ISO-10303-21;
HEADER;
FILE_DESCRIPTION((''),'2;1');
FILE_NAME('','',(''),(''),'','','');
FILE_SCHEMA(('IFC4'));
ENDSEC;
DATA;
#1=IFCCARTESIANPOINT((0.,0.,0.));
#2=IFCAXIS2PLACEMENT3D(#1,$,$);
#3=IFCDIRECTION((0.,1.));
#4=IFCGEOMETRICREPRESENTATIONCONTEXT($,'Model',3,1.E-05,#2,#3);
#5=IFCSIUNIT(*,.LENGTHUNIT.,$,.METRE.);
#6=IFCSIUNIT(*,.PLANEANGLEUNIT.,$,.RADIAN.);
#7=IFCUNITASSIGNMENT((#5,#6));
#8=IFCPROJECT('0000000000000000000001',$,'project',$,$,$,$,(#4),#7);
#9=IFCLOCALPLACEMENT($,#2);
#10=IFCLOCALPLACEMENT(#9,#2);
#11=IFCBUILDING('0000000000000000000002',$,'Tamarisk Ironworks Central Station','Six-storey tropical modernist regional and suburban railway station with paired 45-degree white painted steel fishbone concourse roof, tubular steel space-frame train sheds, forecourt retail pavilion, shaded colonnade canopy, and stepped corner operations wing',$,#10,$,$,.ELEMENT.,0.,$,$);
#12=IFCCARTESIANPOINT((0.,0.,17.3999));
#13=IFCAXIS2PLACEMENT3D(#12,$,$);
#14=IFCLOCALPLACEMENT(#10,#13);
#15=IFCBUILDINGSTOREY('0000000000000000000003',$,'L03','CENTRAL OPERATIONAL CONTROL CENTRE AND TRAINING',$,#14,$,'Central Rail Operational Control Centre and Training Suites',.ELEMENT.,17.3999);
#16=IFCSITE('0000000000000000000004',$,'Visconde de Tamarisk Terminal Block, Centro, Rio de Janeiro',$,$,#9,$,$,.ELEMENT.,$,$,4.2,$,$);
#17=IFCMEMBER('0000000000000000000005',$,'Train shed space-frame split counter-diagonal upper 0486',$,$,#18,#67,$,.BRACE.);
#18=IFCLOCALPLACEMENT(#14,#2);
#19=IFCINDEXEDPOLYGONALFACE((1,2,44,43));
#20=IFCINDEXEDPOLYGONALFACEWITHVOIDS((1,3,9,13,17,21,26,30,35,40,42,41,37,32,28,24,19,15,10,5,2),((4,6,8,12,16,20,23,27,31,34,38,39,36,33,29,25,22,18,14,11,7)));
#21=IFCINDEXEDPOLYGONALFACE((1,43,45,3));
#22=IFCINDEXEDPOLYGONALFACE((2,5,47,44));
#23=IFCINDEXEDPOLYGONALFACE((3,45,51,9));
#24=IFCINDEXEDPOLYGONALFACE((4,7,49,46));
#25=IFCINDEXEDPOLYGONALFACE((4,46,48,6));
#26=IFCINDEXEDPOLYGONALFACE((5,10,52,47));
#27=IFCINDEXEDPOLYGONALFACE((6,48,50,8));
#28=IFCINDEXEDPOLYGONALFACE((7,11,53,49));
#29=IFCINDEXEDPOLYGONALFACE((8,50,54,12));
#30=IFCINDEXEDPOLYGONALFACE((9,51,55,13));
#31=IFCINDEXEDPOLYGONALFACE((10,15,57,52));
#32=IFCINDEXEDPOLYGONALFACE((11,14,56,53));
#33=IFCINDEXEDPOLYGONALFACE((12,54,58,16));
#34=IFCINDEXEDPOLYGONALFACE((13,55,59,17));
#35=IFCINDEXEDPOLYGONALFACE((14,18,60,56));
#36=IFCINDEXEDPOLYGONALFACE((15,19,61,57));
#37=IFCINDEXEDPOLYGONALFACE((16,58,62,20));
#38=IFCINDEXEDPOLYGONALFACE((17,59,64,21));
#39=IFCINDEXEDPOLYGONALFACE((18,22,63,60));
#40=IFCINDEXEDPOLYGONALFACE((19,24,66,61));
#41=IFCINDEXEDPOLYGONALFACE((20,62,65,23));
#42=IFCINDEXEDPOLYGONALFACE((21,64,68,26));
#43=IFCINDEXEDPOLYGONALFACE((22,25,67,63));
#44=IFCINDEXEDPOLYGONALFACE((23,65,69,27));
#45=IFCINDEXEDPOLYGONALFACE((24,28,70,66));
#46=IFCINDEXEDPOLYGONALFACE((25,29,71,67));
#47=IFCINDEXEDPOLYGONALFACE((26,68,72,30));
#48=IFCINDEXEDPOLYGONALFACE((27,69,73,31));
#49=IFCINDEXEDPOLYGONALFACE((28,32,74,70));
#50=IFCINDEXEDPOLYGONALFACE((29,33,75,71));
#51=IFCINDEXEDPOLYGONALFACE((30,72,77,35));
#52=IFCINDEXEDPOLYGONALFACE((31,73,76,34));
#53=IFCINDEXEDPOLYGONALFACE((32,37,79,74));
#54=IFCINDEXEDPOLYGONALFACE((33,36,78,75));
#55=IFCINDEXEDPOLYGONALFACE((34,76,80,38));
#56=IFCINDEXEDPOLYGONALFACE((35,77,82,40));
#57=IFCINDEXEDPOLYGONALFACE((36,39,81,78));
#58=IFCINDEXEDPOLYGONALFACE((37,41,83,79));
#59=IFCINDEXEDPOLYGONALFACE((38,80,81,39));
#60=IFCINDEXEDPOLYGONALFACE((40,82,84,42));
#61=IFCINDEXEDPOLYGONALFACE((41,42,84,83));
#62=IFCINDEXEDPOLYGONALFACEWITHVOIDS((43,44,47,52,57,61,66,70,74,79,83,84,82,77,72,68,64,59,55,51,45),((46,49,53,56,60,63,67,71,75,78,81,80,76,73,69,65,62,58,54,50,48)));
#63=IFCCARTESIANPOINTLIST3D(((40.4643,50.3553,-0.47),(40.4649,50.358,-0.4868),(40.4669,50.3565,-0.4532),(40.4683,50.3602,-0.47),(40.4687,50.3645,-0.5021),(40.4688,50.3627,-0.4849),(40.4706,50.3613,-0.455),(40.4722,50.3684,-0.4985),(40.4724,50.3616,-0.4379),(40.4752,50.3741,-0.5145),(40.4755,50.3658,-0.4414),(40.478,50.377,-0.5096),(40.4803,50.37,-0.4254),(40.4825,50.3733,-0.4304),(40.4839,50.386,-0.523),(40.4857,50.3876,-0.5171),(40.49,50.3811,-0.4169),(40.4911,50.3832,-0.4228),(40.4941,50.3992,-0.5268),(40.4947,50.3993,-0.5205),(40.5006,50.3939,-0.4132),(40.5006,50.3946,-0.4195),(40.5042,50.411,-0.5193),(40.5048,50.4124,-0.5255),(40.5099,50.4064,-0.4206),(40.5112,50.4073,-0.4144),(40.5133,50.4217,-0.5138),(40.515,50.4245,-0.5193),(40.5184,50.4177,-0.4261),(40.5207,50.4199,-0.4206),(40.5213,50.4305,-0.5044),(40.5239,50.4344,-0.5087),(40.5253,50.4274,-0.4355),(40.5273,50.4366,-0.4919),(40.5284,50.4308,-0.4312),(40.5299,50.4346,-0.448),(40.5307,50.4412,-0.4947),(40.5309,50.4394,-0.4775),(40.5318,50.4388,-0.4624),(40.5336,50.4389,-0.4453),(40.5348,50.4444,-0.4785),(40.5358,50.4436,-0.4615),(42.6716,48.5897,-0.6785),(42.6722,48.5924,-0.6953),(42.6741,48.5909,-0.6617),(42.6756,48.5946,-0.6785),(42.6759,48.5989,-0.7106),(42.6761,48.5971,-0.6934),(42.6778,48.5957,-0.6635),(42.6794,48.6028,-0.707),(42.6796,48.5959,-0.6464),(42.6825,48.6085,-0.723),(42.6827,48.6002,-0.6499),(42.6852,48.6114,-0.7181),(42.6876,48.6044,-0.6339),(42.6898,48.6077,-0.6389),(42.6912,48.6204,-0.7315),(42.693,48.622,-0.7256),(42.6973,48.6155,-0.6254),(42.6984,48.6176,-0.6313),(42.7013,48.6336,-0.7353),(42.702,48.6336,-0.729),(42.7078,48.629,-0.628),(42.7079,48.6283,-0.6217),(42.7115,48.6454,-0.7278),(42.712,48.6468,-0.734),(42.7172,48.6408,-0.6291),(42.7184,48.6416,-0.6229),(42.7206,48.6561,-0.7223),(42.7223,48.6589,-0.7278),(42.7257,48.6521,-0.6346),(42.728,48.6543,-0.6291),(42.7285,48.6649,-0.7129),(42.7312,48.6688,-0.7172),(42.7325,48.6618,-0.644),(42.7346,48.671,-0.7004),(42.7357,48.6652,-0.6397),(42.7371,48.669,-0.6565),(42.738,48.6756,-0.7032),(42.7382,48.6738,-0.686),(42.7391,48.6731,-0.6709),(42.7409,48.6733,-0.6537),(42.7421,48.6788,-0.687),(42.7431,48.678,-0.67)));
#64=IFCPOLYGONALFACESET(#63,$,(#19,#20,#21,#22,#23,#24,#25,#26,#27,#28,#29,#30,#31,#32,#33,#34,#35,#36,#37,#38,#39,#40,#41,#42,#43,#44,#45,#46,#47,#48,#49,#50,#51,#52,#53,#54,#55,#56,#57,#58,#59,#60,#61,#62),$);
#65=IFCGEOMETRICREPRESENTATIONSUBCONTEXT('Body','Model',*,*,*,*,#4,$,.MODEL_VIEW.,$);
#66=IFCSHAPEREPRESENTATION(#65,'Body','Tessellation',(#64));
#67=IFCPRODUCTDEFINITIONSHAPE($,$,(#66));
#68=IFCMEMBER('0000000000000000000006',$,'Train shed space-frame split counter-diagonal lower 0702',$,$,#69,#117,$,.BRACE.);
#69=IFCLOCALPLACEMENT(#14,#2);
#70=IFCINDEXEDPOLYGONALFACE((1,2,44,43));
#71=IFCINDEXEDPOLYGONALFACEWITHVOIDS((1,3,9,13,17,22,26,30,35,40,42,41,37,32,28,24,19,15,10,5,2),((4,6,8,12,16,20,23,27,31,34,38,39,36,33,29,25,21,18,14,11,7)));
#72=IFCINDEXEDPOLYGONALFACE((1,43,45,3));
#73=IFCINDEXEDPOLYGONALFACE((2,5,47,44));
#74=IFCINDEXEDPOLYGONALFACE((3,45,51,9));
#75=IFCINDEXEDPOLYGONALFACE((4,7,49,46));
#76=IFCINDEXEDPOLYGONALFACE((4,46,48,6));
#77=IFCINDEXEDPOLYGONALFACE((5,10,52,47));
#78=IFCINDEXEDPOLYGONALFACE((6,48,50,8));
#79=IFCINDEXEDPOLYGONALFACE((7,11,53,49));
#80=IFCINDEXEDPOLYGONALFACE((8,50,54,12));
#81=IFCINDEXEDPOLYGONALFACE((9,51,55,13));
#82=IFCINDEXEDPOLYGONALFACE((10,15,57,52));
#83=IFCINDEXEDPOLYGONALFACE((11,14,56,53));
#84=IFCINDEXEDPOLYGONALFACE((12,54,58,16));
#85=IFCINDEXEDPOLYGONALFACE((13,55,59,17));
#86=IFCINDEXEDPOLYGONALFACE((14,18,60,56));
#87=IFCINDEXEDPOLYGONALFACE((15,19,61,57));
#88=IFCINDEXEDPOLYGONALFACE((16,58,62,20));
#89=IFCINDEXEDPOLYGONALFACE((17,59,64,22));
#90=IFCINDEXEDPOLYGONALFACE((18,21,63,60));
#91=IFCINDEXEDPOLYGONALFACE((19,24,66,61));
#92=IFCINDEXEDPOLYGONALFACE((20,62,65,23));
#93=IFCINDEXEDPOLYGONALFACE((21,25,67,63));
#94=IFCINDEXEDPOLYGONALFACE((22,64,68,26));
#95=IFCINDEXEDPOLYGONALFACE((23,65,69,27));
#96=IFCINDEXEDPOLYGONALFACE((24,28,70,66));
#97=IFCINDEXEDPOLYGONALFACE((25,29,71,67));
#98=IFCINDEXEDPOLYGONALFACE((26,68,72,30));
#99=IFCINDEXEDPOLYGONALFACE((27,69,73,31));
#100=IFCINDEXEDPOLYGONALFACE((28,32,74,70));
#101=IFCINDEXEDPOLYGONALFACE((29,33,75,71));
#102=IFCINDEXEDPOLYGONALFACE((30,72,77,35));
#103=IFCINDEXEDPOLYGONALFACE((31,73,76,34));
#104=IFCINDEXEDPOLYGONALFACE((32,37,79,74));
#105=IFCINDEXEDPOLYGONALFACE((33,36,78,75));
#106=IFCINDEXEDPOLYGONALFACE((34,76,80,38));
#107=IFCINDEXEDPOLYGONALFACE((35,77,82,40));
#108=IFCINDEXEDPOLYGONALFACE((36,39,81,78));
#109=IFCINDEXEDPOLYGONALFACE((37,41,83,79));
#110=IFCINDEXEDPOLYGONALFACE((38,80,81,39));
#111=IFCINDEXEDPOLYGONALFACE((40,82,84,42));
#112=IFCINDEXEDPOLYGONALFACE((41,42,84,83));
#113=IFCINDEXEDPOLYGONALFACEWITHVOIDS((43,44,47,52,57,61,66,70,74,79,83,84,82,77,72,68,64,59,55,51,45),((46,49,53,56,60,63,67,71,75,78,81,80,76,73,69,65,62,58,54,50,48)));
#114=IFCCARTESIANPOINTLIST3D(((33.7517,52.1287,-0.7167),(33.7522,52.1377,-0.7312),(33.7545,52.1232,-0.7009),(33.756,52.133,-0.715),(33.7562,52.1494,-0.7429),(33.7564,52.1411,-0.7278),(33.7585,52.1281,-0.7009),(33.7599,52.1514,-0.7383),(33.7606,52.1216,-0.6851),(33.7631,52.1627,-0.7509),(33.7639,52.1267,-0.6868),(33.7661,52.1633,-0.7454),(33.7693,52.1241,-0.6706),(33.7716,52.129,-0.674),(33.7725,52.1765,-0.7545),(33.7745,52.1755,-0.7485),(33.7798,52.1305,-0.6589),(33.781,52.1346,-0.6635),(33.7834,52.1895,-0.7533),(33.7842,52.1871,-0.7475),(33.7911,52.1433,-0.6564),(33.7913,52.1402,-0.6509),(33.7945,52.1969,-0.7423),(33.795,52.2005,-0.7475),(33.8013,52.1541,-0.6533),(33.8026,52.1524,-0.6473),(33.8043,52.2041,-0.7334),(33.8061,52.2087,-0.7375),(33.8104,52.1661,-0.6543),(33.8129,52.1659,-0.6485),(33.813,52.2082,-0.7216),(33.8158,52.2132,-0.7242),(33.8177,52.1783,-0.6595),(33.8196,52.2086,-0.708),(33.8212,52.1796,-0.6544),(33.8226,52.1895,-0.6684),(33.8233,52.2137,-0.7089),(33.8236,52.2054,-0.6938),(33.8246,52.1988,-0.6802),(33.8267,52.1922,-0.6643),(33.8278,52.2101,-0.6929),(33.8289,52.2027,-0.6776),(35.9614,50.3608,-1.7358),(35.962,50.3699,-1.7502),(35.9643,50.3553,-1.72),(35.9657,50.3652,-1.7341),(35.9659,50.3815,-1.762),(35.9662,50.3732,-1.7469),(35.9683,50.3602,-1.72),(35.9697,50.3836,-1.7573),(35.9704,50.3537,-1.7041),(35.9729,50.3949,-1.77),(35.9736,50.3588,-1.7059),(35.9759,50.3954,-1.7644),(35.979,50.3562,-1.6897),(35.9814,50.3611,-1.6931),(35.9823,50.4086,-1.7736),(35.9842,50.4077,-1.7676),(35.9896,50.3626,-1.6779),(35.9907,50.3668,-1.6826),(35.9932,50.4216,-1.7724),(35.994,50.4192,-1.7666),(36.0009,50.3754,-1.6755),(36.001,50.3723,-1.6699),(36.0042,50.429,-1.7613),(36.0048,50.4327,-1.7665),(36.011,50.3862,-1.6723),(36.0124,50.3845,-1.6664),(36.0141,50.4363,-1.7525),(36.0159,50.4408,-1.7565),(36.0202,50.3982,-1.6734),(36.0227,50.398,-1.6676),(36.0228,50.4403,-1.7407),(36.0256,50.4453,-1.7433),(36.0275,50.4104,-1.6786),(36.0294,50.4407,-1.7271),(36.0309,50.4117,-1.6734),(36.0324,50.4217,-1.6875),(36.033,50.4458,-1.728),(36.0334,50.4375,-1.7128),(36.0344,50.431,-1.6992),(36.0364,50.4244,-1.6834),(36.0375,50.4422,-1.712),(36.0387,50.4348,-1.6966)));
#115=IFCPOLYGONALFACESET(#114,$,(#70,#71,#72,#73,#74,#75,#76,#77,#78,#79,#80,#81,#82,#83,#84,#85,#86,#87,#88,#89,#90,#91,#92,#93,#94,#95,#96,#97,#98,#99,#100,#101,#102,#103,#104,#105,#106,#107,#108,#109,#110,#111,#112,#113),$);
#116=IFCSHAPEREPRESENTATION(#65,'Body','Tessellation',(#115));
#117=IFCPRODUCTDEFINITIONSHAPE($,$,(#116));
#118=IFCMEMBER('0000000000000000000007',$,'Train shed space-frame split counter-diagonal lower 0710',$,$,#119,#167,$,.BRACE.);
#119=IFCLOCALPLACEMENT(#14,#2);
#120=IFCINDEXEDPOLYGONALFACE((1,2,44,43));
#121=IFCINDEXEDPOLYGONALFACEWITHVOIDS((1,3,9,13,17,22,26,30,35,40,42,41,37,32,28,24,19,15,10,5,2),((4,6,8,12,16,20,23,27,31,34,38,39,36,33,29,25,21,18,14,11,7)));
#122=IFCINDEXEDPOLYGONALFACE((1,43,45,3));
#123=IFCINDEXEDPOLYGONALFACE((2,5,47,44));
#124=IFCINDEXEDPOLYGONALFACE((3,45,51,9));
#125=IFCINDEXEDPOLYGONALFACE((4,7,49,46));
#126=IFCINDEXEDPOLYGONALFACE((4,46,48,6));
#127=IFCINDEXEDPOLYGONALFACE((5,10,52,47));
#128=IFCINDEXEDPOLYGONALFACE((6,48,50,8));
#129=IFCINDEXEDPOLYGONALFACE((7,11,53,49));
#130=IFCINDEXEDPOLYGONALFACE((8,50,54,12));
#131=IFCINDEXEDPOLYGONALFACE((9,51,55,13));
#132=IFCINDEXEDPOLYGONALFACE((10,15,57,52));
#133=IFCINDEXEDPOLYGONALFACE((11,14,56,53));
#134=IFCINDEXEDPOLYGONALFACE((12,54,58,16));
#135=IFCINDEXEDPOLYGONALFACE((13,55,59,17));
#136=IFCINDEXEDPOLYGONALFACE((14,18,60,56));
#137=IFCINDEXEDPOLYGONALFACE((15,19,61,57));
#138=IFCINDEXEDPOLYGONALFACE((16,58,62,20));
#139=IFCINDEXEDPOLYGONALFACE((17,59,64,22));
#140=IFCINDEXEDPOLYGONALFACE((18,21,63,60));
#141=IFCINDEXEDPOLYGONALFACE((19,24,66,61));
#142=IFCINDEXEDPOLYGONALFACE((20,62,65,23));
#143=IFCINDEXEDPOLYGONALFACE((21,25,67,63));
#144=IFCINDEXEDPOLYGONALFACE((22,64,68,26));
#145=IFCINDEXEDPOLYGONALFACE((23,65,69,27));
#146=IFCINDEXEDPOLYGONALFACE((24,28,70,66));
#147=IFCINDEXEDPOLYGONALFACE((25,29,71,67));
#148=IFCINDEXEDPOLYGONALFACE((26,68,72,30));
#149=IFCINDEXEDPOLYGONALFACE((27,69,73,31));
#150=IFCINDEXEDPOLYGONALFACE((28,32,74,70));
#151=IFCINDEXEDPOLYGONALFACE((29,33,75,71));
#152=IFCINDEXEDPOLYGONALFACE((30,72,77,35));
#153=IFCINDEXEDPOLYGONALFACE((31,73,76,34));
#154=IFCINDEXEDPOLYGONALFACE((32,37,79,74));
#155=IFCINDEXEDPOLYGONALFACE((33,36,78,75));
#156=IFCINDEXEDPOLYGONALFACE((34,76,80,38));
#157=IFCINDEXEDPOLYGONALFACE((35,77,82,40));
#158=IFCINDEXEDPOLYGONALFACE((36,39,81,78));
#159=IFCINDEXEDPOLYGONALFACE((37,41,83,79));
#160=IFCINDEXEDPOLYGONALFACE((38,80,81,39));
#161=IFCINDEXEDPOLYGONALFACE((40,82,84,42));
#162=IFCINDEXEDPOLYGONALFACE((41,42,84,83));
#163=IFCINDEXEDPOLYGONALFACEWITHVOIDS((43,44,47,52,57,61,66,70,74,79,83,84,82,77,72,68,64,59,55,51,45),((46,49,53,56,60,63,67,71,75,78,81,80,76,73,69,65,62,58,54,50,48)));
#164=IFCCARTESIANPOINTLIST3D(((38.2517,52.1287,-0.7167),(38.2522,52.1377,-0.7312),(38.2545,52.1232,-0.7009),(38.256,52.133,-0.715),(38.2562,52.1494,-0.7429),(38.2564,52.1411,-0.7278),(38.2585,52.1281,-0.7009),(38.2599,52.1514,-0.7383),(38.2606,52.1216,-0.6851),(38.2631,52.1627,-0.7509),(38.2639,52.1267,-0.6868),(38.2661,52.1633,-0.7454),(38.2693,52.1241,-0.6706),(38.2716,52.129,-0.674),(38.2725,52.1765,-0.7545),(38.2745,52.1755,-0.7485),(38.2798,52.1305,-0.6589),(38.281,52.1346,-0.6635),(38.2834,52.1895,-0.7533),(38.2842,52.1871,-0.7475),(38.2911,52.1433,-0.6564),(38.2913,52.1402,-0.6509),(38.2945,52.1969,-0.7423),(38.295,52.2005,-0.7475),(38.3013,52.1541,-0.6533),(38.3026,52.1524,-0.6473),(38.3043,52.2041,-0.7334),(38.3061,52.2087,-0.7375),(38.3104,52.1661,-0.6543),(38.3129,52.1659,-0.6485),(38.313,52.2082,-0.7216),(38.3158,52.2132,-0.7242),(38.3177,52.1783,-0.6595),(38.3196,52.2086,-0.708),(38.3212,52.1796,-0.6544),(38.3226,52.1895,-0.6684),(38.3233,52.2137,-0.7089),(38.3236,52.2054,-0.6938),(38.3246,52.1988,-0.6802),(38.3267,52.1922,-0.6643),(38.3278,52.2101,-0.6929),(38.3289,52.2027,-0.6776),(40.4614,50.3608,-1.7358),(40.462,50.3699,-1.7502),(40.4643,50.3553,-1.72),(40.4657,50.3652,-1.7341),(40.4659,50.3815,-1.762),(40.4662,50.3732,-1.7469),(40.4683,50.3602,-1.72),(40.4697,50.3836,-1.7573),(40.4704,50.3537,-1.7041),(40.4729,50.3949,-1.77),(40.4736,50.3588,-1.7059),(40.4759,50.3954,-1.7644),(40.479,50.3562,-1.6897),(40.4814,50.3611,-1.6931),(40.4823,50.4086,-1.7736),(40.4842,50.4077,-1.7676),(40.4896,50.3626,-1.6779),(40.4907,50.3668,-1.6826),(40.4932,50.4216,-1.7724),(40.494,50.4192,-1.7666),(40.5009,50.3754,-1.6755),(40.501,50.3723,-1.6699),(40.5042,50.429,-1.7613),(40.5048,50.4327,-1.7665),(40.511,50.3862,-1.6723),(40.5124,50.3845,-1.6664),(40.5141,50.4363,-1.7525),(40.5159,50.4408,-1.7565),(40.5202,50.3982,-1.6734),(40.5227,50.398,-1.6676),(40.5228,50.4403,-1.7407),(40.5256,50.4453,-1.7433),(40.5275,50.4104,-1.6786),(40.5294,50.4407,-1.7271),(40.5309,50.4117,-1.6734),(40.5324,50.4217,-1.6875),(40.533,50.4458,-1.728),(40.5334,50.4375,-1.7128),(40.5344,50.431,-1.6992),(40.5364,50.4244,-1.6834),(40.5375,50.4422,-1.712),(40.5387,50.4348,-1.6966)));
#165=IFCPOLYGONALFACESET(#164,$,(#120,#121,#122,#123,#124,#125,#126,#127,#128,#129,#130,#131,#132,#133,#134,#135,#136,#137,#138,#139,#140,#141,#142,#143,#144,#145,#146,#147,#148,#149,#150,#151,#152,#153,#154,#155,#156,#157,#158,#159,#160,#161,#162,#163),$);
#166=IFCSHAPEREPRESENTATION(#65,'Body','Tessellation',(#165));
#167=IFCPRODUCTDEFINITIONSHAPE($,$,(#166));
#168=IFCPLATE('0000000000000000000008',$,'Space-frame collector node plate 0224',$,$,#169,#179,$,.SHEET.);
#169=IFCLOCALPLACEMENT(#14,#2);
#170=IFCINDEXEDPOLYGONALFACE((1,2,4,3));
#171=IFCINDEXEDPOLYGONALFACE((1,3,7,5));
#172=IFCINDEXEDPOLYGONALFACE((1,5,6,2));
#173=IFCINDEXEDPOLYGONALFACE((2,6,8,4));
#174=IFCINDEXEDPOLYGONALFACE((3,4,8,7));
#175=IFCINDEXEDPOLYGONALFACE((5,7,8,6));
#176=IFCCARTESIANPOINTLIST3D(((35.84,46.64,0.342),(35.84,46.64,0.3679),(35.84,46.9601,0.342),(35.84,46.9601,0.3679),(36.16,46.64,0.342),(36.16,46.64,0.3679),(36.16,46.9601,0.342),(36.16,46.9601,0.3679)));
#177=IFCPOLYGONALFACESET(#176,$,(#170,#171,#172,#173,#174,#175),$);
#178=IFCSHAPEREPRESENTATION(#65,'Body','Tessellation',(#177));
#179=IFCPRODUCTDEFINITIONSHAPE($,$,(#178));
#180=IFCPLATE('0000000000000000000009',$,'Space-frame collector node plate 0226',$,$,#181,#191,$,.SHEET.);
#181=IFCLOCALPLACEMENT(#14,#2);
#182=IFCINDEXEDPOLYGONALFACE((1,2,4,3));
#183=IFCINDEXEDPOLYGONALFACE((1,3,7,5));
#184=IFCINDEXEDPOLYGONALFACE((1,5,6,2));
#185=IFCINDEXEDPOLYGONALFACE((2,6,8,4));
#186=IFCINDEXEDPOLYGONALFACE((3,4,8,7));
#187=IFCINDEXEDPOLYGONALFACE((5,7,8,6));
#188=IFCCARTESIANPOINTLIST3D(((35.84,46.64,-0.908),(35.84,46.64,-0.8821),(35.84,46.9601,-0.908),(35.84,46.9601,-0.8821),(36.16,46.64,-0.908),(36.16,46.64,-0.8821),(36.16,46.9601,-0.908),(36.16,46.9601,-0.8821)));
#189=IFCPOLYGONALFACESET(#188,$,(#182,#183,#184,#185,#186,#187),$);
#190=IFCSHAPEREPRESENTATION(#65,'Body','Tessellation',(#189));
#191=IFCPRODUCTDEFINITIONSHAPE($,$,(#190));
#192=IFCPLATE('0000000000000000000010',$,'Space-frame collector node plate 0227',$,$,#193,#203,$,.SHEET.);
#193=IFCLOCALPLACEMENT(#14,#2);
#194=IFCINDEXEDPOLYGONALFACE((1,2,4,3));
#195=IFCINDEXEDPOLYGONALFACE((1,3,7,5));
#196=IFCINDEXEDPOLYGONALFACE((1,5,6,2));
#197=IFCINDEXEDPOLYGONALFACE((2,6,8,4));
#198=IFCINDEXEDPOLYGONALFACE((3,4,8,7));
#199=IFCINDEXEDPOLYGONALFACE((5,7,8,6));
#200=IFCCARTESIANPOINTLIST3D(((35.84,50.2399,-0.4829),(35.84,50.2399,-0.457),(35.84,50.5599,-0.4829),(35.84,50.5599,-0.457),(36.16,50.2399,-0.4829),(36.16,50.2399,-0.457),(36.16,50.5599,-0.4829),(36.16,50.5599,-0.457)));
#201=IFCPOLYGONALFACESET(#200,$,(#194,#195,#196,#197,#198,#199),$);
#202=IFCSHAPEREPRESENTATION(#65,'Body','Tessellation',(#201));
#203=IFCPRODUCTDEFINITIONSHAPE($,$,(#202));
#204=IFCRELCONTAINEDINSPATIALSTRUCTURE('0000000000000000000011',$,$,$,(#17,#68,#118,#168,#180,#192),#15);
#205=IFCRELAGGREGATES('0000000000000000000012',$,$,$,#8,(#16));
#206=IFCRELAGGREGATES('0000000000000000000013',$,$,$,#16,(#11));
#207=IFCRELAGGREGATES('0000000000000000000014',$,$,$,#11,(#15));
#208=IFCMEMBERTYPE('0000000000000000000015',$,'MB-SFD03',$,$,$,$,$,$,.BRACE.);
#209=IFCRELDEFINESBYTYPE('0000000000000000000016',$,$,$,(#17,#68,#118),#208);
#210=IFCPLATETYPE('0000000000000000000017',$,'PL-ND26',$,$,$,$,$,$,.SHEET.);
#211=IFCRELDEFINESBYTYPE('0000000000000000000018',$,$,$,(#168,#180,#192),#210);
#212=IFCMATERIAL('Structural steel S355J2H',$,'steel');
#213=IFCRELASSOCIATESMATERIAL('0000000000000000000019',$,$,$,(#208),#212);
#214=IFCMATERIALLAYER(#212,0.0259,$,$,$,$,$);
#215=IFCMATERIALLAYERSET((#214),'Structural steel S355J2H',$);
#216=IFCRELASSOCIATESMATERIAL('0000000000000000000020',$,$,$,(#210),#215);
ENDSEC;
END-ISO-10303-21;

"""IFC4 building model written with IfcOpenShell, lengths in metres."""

from ifc_helpers import new_model, si_unit, direction, frame, origin, origin_2d, place, context, subcontext, project, spatial, rectangle, hollow_circle, extrude, material, layer, layer_set, material_profile, profile_set, type_object, element, save


model = new_model("IFC4")

# Units and contexts
model_context = context("Model", 3, precision=1e-05, world=origin(), true_north=direction((0.0, 1.0)))
body_context = subcontext(model_context, "Body", "Model", "MODEL_VIEW")
ifc_project = project(units=[si_unit("LENGTHUNIT", "METRE"), si_unit("PLANEANGLEUNIT", "RADIAN")], contexts=[model_context])

# Site, building, storey
site_placement = place(None, origin())
site = spatial("IfcSite", under=ifc_project, at=site_placement, Name="Visconde de Tamarisk Terminal Block, Centro, Rio de Janeiro", CompositionType="ELEMENT", RefElevation=4.2)
building_placement = place(site_placement, origin())
building = spatial("IfcBuilding", under=site, at=building_placement, Name="Tamarisk Ironworks Central Station", Description="Six-storey tropical modernist regional and suburban railway station with paired 45-degree white painted steel fishbone concourse roof, tubular steel space-frame train sheds, forecourt retail pavilion, shaded colonnade canopy, and stepped corner operations wing", CompositionType="ELEMENT", ElevationOfRefHeight=0.0)
storey_placement = place(building_placement, frame((0.0, 0.0, 17.3999)))
storey = spatial("IfcBuildingStorey", under=building, at=storey_placement, Name="L03", Description="CENTRAL OPERATIONAL CONTROL CENTRE AND TRAINING", LongName="Central Rail Operational Control Centre and Training Suites", CompositionType="ELEMENT", Elevation=17.3999)

# Members
ifc_material_1 = material(Name="Structural steel S355J2H", Category="steel")
ifc_material_profile_1 = material_profile(ifc_material_1, hollow_circle(Radius=0.0571, WallThickness=0.0063, at=origin_2d()), Name="CHS 114.3x6.3")
ifc_profile_set_1 = profile_set([ifc_material_profile_1], Name="Structural steel S355J2H")
member_type_1 = type_object("IfcMemberType", Name="MB-SFD03", PredefinedType="BRACE", material=ifc_profile_set_1)
member_1_placement = place(storey_placement, frame((42.7073, 48.6343, -0.6785), z_axis=(-0.778787, 0.62296, 0.073563), x_axis=(-0.624653, -0.780903, 0.0)))
element("IfcMember", 1, at=member_1_placement, inside=storey, type_object=member_type_1, Name="Train shed space-frame split counter-diagonal upper 0486", PredefinedType="BRACE", context=body_context, shape_type="SweptSolid", body=[
    extrude(hollow_circle(Radius=0.0571, WallThickness=0.0063, at=origin_2d()), origin(), (0.0, 0.0, 1.0), 2.8342),
])
for number, where, z_axis, x_axis, name in (
    (2, (36.0, 50.3999, -1.72), (-0.734677, 0.587758, 0.338807), (-0.624706, -0.78086, 0.0), "Train shed space-frame split counter-diagonal lower 0702"),
    (3, (40.5, 50.3999, -1.72), (-0.734677, 0.587758, 0.338807), (-0.624706, -0.78086, 0.0), "Train shed space-frame split counter-diagonal lower 0710"),
):
    element("IfcMember", number, at=place(storey_placement, frame(where, z_axis=z_axis, x_axis=x_axis)), inside=storey, type_object=member_type_1, Name=name, PredefinedType="BRACE", context=body_context, shape_type="SweptSolid", body=[
        extrude(hollow_circle(Radius=0.0571, WallThickness=0.0063, at=origin_2d()), origin(), (0.0, 0.0, 1.0), 3.0078),
    ])

# Plates
ifc_layer = layer(ifc_material_1, 0.0259)
ifc_layer_set = layer_set([ifc_layer], Name="Structural steel S355J2H")
plate_type = type_object("IfcPlateType", Name="PL-ND26", PredefinedType="SHEET", material=ifc_layer_set)
for number, where, z_axis, x_axis, name in (
    (4, (36.0, 46.8, 0.342), (0.0, 0.0, 1.0), (1.0, 0.0, 0.0), "Space-frame collector node plate 0224"),
    (5, (36.0, 46.8, -0.908), (0.0, 0.0, 1.0), (1.0, 0.0, 0.0), "Space-frame collector node plate 0226"),
    (6, (36.0, 50.3999, -0.4829), (0.0, 0.0, 1.0), (1.0, 0.0, 0.0), "Space-frame collector node plate 0227"),
):
    element("IfcPlate", number, at=place(storey_placement, frame(where, z_axis=z_axis, x_axis=x_axis)), inside=storey, type_object=plate_type, Name=name, PredefinedType="SHEET", context=body_context, shape_type="SweptSolid", body=[
        extrude(rectangle(XDim=0.3201, YDim=0.3201, at=origin_2d()), origin(), (0.0, 0.0, 1.0), 0.0259),
    ])

save(model, "model.ifc")
